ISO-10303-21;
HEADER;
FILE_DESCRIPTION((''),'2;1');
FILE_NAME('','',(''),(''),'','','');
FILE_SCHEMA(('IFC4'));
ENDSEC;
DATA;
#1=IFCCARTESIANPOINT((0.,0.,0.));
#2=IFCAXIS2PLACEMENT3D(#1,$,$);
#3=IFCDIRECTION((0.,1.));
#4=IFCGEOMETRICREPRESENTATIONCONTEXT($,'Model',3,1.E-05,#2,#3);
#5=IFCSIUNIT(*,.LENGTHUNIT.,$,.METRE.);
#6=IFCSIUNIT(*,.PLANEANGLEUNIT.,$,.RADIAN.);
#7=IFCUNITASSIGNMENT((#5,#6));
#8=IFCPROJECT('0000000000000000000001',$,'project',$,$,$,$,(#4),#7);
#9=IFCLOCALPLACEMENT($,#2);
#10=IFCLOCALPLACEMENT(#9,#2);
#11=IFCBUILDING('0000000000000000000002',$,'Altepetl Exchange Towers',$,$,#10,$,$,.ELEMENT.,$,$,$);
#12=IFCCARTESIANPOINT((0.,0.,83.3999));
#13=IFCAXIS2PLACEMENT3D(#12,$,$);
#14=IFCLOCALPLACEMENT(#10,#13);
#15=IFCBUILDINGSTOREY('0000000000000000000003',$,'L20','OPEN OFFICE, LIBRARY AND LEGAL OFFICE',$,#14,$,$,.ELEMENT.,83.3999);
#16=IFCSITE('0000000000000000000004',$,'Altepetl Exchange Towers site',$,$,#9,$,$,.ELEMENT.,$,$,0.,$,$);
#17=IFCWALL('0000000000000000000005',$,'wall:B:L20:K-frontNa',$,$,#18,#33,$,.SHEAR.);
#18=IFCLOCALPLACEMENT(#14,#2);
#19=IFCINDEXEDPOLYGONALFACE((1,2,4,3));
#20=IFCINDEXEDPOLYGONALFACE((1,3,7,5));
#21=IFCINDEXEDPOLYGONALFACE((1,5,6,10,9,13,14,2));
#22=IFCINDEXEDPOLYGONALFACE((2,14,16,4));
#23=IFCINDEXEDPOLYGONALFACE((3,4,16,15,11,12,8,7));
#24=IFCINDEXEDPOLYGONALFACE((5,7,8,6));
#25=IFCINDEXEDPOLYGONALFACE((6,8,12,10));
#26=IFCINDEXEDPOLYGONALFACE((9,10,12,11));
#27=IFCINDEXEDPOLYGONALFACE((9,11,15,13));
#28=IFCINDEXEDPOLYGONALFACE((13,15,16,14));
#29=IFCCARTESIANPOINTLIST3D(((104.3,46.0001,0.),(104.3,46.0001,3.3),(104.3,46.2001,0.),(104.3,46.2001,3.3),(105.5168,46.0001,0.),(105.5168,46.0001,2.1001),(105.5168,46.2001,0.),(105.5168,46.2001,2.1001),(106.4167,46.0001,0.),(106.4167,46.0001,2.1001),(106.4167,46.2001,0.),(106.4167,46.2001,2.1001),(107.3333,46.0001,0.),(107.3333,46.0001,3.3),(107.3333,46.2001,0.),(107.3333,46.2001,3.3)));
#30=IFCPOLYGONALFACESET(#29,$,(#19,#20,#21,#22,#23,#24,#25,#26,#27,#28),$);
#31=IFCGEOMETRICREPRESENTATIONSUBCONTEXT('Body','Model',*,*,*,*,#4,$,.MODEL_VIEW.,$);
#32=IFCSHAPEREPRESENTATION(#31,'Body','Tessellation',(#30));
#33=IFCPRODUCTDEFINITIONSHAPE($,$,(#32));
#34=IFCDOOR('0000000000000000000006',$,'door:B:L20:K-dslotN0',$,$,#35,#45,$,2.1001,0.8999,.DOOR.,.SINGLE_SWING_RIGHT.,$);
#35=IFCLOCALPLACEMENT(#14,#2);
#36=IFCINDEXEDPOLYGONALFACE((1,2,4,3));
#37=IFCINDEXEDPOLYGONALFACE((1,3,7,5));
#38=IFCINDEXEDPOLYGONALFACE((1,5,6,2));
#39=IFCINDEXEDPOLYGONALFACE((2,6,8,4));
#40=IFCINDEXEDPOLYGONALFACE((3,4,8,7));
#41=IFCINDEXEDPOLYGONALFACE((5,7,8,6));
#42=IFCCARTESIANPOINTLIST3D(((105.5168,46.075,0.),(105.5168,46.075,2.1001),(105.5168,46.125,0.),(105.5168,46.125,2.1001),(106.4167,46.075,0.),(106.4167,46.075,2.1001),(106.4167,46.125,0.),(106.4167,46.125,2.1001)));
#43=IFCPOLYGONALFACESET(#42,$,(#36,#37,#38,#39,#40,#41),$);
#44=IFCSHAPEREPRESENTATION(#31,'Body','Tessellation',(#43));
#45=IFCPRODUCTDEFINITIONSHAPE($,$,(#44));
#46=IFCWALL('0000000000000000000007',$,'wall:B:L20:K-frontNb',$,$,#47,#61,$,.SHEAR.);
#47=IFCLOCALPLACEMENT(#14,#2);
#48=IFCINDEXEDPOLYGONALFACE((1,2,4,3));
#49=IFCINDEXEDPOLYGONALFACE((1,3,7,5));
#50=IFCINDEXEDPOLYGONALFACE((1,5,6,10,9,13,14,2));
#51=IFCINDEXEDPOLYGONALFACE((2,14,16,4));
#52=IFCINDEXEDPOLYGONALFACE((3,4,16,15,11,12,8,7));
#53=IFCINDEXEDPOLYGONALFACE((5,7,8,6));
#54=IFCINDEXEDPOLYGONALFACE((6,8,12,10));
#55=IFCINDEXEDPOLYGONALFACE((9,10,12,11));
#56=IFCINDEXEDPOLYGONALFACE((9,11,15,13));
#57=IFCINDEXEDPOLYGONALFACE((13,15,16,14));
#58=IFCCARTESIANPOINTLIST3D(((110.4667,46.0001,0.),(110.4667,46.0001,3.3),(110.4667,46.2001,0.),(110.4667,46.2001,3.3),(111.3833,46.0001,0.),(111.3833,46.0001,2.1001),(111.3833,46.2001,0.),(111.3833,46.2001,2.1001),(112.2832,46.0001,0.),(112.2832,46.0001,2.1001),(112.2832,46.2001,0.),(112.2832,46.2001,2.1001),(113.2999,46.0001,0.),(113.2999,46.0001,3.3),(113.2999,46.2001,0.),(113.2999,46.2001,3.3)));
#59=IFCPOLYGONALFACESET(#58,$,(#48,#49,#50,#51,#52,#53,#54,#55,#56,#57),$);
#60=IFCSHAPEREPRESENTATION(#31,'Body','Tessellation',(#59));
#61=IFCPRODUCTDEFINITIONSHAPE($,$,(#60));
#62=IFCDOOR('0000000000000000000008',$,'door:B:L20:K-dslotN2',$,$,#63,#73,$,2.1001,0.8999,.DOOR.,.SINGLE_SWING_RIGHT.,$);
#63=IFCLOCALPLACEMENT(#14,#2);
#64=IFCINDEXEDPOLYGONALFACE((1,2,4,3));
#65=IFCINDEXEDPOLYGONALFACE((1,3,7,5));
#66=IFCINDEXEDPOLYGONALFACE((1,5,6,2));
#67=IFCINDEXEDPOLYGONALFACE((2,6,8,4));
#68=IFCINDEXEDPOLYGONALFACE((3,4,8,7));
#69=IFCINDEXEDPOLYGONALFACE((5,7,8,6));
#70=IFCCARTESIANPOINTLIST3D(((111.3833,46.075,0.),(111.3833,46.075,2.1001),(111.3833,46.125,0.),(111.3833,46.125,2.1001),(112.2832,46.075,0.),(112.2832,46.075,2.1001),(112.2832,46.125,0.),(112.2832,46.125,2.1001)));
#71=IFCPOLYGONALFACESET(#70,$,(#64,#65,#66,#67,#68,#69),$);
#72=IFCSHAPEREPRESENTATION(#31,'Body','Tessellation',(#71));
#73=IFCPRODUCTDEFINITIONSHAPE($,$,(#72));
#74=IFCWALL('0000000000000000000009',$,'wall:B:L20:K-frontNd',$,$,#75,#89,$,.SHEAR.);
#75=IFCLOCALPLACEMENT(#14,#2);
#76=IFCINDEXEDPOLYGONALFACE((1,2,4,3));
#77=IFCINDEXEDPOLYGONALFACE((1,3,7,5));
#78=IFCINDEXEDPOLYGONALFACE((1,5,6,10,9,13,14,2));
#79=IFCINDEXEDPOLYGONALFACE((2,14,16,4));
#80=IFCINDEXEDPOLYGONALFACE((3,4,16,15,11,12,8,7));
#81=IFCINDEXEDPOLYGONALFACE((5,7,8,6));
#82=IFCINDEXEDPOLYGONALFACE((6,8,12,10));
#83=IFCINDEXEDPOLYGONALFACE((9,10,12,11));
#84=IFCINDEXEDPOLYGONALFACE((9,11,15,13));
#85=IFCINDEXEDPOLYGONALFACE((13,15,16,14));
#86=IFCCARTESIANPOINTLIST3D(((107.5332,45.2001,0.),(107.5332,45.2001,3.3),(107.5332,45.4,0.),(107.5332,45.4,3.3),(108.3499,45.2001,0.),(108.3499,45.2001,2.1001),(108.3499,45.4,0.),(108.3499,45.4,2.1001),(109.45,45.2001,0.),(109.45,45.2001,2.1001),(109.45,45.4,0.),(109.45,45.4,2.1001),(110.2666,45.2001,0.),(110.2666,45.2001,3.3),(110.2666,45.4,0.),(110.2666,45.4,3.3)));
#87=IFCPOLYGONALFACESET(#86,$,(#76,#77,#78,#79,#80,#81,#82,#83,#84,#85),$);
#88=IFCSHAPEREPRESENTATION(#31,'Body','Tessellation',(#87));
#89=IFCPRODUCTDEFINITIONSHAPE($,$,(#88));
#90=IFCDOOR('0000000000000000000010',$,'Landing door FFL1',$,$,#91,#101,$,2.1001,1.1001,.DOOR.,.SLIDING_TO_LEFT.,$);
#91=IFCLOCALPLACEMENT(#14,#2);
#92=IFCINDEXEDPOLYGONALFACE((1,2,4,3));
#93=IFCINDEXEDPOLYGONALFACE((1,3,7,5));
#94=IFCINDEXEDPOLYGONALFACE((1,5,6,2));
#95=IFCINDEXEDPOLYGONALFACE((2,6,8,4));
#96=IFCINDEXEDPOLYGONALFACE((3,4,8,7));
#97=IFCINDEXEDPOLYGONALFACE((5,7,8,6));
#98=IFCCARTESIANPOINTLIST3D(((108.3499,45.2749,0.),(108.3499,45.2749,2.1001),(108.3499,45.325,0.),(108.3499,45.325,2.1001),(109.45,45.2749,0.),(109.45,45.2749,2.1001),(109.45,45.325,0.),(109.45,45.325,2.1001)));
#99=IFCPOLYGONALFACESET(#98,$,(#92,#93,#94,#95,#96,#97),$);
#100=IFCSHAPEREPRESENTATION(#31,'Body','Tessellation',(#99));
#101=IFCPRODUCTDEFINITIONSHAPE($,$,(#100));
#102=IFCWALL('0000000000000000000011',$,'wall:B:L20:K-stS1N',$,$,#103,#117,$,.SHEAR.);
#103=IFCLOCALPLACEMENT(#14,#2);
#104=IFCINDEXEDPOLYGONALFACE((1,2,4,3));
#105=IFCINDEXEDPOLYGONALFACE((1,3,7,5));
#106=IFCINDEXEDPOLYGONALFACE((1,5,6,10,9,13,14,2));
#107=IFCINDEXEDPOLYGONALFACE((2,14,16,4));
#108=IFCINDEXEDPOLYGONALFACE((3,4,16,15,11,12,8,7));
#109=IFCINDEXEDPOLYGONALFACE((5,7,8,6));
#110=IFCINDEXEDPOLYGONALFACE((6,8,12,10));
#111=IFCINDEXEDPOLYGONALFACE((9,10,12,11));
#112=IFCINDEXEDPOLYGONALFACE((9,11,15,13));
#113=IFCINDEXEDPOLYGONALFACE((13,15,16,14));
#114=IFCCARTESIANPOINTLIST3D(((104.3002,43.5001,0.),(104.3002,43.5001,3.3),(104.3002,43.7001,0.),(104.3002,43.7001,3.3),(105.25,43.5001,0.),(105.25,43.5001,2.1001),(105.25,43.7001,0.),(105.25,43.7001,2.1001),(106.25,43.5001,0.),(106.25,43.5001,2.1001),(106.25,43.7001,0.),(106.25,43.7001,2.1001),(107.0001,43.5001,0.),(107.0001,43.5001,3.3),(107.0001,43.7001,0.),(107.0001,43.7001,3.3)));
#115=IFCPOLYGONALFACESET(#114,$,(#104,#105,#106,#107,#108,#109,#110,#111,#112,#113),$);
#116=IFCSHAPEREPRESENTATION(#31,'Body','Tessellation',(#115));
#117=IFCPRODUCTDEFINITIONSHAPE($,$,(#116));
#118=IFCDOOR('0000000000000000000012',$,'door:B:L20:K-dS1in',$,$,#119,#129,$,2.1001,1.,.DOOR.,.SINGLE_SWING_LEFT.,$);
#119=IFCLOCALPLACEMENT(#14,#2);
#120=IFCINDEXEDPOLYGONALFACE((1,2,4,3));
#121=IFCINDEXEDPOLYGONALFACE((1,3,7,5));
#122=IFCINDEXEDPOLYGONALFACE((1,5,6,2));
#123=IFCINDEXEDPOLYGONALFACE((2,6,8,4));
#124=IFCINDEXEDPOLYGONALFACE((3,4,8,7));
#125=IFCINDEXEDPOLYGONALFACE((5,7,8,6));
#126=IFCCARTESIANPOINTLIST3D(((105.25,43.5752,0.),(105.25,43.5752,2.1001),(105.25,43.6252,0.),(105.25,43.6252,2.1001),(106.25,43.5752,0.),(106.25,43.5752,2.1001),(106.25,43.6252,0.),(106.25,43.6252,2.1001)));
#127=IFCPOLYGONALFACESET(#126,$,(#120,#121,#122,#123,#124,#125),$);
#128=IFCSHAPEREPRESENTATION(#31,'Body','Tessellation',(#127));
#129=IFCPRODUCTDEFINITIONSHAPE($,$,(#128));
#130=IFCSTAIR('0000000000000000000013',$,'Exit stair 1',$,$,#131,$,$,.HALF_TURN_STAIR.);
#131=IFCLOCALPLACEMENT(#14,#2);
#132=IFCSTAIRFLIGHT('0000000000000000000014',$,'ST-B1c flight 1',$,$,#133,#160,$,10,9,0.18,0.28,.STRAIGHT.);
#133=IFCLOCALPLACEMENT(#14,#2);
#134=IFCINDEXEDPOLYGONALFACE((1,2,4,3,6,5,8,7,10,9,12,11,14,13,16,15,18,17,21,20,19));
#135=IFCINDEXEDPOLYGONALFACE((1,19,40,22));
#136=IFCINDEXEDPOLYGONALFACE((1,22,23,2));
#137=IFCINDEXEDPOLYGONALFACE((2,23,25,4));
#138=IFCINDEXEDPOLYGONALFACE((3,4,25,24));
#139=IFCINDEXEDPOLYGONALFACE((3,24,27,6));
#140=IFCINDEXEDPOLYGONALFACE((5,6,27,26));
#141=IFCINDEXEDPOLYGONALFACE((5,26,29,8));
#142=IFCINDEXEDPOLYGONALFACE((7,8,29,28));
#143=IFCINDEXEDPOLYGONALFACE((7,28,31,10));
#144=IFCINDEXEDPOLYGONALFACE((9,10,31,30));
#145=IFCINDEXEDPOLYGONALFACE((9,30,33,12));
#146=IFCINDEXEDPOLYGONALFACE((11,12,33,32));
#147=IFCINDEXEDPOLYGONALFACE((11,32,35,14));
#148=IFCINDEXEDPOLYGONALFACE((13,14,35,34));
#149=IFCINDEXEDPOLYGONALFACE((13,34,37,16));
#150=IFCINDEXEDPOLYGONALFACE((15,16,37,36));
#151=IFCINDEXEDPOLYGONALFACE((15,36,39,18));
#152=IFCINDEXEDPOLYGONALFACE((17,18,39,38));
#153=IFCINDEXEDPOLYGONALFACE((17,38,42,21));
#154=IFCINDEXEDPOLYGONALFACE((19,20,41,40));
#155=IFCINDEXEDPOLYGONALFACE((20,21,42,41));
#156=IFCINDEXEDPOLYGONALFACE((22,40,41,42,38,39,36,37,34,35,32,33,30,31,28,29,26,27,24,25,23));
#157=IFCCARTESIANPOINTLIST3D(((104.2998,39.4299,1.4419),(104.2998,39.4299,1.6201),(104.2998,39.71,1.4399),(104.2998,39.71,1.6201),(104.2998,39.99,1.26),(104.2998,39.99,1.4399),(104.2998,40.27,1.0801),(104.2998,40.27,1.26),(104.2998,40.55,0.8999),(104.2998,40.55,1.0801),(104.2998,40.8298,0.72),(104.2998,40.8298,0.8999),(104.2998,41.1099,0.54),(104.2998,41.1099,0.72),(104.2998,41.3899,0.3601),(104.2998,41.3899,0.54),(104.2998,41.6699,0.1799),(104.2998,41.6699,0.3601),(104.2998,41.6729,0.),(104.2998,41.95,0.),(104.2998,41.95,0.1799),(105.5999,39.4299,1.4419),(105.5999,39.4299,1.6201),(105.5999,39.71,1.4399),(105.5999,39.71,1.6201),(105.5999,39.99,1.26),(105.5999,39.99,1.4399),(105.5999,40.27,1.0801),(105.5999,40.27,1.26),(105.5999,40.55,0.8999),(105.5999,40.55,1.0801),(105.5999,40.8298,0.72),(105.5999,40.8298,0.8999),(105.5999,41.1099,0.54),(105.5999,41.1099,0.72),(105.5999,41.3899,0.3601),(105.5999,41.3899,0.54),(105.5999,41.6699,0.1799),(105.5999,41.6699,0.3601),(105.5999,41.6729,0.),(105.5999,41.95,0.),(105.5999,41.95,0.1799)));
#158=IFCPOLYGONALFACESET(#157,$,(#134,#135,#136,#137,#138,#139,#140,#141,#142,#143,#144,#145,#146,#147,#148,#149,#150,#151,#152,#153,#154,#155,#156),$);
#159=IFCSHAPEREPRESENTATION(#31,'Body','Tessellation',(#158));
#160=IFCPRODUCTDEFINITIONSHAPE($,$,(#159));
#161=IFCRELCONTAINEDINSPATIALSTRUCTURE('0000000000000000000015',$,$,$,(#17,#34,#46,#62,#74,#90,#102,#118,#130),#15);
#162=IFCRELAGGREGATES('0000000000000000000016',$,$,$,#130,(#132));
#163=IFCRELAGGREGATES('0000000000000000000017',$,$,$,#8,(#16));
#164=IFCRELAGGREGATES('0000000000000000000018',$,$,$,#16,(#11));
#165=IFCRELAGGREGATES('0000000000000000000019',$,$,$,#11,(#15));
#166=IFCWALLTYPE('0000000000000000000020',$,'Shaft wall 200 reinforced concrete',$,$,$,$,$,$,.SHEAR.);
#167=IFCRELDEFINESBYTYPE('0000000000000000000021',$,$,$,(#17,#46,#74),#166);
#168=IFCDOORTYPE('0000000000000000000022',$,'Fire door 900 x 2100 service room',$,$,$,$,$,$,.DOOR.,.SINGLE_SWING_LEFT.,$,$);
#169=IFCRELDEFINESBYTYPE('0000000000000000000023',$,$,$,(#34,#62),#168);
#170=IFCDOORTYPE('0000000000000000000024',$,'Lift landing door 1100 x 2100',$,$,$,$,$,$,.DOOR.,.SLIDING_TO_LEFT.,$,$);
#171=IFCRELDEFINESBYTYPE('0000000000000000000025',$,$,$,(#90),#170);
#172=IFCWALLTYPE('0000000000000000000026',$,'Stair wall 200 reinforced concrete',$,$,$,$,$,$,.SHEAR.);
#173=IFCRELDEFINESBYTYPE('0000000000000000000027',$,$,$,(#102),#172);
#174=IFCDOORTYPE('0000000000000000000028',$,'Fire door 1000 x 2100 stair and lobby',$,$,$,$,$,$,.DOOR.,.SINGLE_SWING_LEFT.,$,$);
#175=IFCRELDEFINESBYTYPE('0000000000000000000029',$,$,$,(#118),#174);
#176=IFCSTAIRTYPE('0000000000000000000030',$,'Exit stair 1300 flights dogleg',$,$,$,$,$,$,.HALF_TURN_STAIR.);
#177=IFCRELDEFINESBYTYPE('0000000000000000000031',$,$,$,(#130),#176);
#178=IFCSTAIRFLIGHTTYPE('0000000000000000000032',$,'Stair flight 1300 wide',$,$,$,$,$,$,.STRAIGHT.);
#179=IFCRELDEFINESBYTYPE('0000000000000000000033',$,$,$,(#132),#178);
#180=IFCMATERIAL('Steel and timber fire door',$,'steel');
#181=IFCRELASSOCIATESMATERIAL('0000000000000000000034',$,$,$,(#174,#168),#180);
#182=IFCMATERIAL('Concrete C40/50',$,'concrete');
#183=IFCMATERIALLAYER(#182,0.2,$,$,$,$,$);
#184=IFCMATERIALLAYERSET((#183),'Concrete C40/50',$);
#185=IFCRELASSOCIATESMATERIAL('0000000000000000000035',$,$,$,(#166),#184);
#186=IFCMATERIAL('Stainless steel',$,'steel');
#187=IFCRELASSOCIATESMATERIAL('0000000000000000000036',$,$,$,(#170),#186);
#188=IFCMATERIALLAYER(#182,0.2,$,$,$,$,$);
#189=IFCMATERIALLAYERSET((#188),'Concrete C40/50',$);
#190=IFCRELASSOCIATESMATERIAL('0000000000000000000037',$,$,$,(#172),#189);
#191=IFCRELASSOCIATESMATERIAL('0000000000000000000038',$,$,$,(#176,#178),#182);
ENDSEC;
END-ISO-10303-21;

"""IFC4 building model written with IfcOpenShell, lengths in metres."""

from ifc_helpers import new_model, si_unit, direction, frame, frame_2d, origin, place, context, subcontext, project, spatial, polyline, rectangle, outline, extrude, material, layer, layer_set, type_object, element, fill, aggregate, save


model = new_model("IFC4")

# Units and contexts
model_context = context("Model", 3, precision=1e-05, world=origin(), true_north=direction((0.0, 1.0)))
body_context = subcontext(model_context, "Body", "Model", "MODEL_VIEW")
ifc_project = project(units=[si_unit("LENGTHUNIT", "METRE"), si_unit("PLANEANGLEUNIT", "RADIAN")], contexts=[model_context])

# Site, building, storey
site_placement = place(None, origin())
site = spatial("IfcSite", under=ifc_project, at=site_placement, Name="Altepetl Exchange Towers site", CompositionType="ELEMENT", RefElevation=0.0)
building_placement = place(site_placement, origin())
building = spatial("IfcBuilding", under=site, at=building_placement, Name="Altepetl Exchange Towers", CompositionType="ELEMENT")
storey_placement = place(building_placement, frame((0.0, 0.0, 83.3999)))
storey = spatial("IfcBuildingStorey", under=building, at=storey_placement, Name="L20", Description="OPEN OFFICE, LIBRARY AND LEGAL OFFICE", CompositionType="ELEMENT", Elevation=83.3999)

# Shared definitions
ifc_material_1 = material(Name="Steel and timber fire door", Category="steel")
door_type_1 = type_object("IfcDoorType", Name="Fire door 1000 x 2100 stair and lobby", OperationType="SINGLE_SWING_LEFT", PredefinedType="DOOR", material=ifc_material_1)
door_type_2 = type_object("IfcDoorType", Name="Fire door 900 x 2100 service room", OperationType="SINGLE_SWING_LEFT", PredefinedType="DOOR", material=ifc_material_1)

# Shared definitions
ifc_material_2 = material(Name="Concrete C40/50", Category="concrete")
ifc_layer_1 = layer(ifc_material_2, 0.2)
ifc_layer_set_1 = layer_set([ifc_layer_1], Name="Concrete C40/50")
wall_type_1 = type_object("IfcWallType", Name="Shaft wall 200 reinforced concrete", PredefinedType="SHEAR", material=ifc_layer_set_1)

# Walls, openings, doors
wall_1_placement = place(storey_placement, frame((104.3, 46.1001, 0.0)))
wall_1 = element("IfcWall", 1, at=wall_1_placement, inside=storey, type_object=wall_type_1, Name="wall:B:L20:K-frontNa", PredefinedType="SHEAR", context=body_context, shape_type="SweptSolid", body=[
    extrude(rectangle(XDim=3.0332, YDim=0.2, at=frame_2d((1.5166, 0.0))), origin(), (0.0, 0.0, 1.0), 3.3),
])
opening_1_placement = place(wall_1_placement, frame((1.2168, 0.0, 0.0)))
opening_1 = element("IfcOpeningElement", 2, at=opening_1_placement, cuts=wall_1, PredefinedType="OPENING", context=body_context, shape_type="SweptSolid", body=[
    extrude(rectangle(XDim=0.8999, YDim=2.1001, at=frame_2d((0.45, 1.05))), frame((0.0, 0.1099, 0.0), z_axis=(0.0, -1.0, 0.0), x_axis=(1.0, 0.0, 0.0)), (0.0, 0.0, 1.0), 0.22),
])
door_1_placement = place(opening_1_placement, origin())
door_1 = element("IfcDoor", 3, at=door_1_placement, inside=storey, type_object=door_type_2, Name="door:B:L20:K-dslotN0", OperationType="SINGLE_SWING_RIGHT", OverallHeight=2.1001, OverallWidth=0.8999, PredefinedType="DOOR", context=body_context, shape_type="SweptSolid", body=[
    extrude(rectangle(XDim=0.8999, YDim=2.1001, at=frame_2d((0.45, 1.05))), frame((0.0, 0.0249, 0.0), z_axis=(0.0, -1.0, 0.0), x_axis=(1.0, 0.0, 0.0)), (0.0, 0.0, 1.0), 0.05),
])
fill(opening_1, door_1)
wall_2_placement = place(storey_placement, frame((110.4668, 46.1001, 0.0)))
wall_2 = element("IfcWall", 4, at=wall_2_placement, inside=storey, type_object=wall_type_1, Name="wall:B:L20:K-frontNb", PredefinedType="SHEAR", context=body_context, shape_type="SweptSolid", body=[
    extrude(rectangle(XDim=2.8333, YDim=0.2, at=frame_2d((1.4165, 0.0))), origin(), (0.0, 0.0, 1.0), 3.3),
])
opening_2_placement = place(wall_2_placement, frame((0.9165, 0.0, 0.0)))
opening_2 = element("IfcOpeningElement", 5, at=opening_2_placement, cuts=wall_2, PredefinedType="OPENING", context=body_context, shape_type="SweptSolid", body=[
    extrude(rectangle(XDim=0.8999, YDim=2.1001, at=frame_2d((0.45, 1.05))), frame((0.0, 0.1099, 0.0), z_axis=(0.0, -1.0, 0.0), x_axis=(1.0, 0.0, 0.0)), (0.0, 0.0, 1.0), 0.22),
])
door_2_placement = place(opening_2_placement, origin())
door_2 = element("IfcDoor", 6, at=door_2_placement, inside=storey, type_object=door_type_2, Name="door:B:L20:K-dslotN2", OperationType="SINGLE_SWING_RIGHT", OverallHeight=2.1001, OverallWidth=0.8999, PredefinedType="DOOR", context=body_context, shape_type="SweptSolid", body=[
    extrude(rectangle(XDim=0.8999, YDim=2.1001, at=frame_2d((0.45, 1.05))), frame((0.0, 0.0249, 0.0), z_axis=(0.0, -1.0, 0.0), x_axis=(1.0, 0.0, 0.0)), (0.0, 0.0, 1.0), 0.05),
])
fill(opening_2, door_2)
wall_3_placement = place(storey_placement, frame((107.5332, 45.3, 0.0)))
wall_3 = element("IfcWall", 7, at=wall_3_placement, inside=storey, type_object=wall_type_1, Name="wall:B:L20:K-frontNd", PredefinedType="SHEAR", context=body_context, shape_type="SweptSolid", body=[
    extrude(rectangle(XDim=2.7334, YDim=0.2, at=frame_2d((1.3667, 0.0))), origin(), (0.0, 0.0, 1.0), 3.3),
])
opening_3_placement = place(wall_3_placement, frame((0.8167, 0.0, 0.0)))
opening_3 = element("IfcOpeningElement", 8, at=opening_3_placement, cuts=wall_3, PredefinedType="OPENING", context=body_context, shape_type="SweptSolid", body=[
    extrude(rectangle(XDim=1.1001, YDim=2.1001, at=frame_2d((0.55, 1.05))), frame((0.0, 0.1099, 0.0), z_axis=(0.0, -1.0, 0.0), x_axis=(1.0, 0.0, 0.0)), (0.0, 0.0, 1.0), 0.22),
])
ifc_material_3 = material(Name="Stainless steel", Category="steel")
door_type_3 = type_object("IfcDoorType", Name="Lift landing door 1100 x 2100", OperationType="SLIDING_TO_LEFT", PredefinedType="DOOR", material=ifc_material_3)
door_3_placement = place(opening_3_placement, origin())
door_3 = element("IfcDoor", 9, at=door_3_placement, inside=storey, type_object=door_type_3, Name="Landing door FFL1", OperationType="SLIDING_TO_LEFT", OverallHeight=2.1001, OverallWidth=1.1001, PredefinedType="DOOR", context=body_context, shape_type="SweptSolid", body=[
    extrude(rectangle(XDim=1.1001, YDim=2.1001, at=frame_2d((0.55, 1.05))), frame((0.0, 0.0249, 0.0), z_axis=(0.0, -1.0, 0.0), x_axis=(1.0, 0.0, 0.0)), (0.0, 0.0, 1.0), 0.05),
])
fill(opening_3, door_3)
ifc_layer_2 = layer(ifc_material_2, 0.2)
ifc_layer_set_2 = layer_set([ifc_layer_2], Name="Concrete C40/50")
wall_type_2 = type_object("IfcWallType", Name="Stair wall 200 reinforced concrete", PredefinedType="SHEAR", material=ifc_layer_set_2)
wall_4_placement = place(storey_placement, frame((104.3, 43.6001, 0.0)))
wall_4 = element("IfcWall", 10, at=wall_4_placement, inside=storey, type_object=wall_type_2, Name="wall:B:L20:K-stS1N", PredefinedType="SHEAR", context=body_context, shape_type="SweptSolid", body=[
    extrude(rectangle(XDim=2.7, YDim=0.2, at=frame_2d((1.3501, 0.0))), origin(), (0.0, 0.0, 1.0), 3.3),
])
opening_4_placement = place(wall_4_placement, frame((0.95, 0.0, 0.0)))
opening_4 = element("IfcOpeningElement", 11, at=opening_4_placement, cuts=wall_4, PredefinedType="OPENING", context=body_context, shape_type="SweptSolid", body=[
    extrude(rectangle(XDim=1.0, YDim=2.1001, at=frame_2d((0.5, 1.05))), frame((0.0, 0.1099, 0.0), z_axis=(0.0, -1.0, 0.0), x_axis=(1.0, 0.0, 0.0)), (0.0, 0.0, 1.0), 0.22),
])
door_4_placement = place(opening_4_placement, frame((1.0, 0.0, 0.0), x_axis=(-1.0, 0.0, 0.0)))
door_4 = element("IfcDoor", 12, at=door_4_placement, inside=storey, type_object=door_type_1, Name="door:B:L20:K-dS1in", OperationType="SINGLE_SWING_LEFT", OverallHeight=2.1001, OverallWidth=1.0, PredefinedType="DOOR", context=body_context, shape_type="SweptSolid", body=[
    extrude(rectangle(XDim=1.0, YDim=2.1001, at=frame_2d((0.5, 1.05))), frame((0.0, 0.0249, 0.0), z_axis=(0.0, -1.0, 0.0), x_axis=(1.0, 0.0, 0.0)), (0.0, 0.0, 1.0), 0.05),
])
fill(opening_4, door_4)

# Stair, stair flight
stair_type = type_object("IfcStairType", Name="Exit stair 1300 flights dogleg", PredefinedType="HALF_TURN_STAIR", material=ifc_material_2)
stair_1_placement = place(storey_placement, origin())
stair_1 = element("IfcStair", 13, at=stair_1_placement, inside=storey, type_object=stair_type, Name="Exit stair 1", PredefinedType="HALF_TURN_STAIR")
stair_flight_type = type_object("IfcStairFlightType", Name="Stair flight 1300 wide", PredefinedType="STRAIGHT", material=ifc_material_2)
stair_flight_1_placement = place(storey_placement, frame((104.95, 41.95, 0.0), z_axis=(0.0, 0.0, 1.0), x_axis=(0.0, -1.0, 0.0)))
stair_flight_1 = element("IfcStairFlight", 14, at=stair_flight_1_placement, type_object=stair_flight_type, Name="ST-B1c flight 1", NumberOfRisers=10, NumberOfTreads=9, PredefinedType="STRAIGHT", RiserHeight=0.18, TreadLength=0.28, context=body_context, shape_type="SweptSolid", body=[
    extrude(outline(polyline([(0.0, 0.0), (0.0, 0.1799), (0.28, 0.1799), (0.28, 0.3601), (0.5601, 0.3601), (0.5601, 0.54), (0.8401, 0.54), (0.8401, 0.72), (1.1201, 0.72), (1.1201, 0.8999), (1.3999, 0.8999), (1.3999, 1.0801), (1.6799, 1.0801), (1.6799, 1.26), (1.96, 1.26), (1.96, 1.4399), (2.24, 1.4399), (2.24, 1.6201), (2.52, 1.6201), (2.52, 1.8), (2.52, 1.4419), (0.2771, 0.0), (0.0, 0.0)])), frame((0.0, 0.6499, 0.0), z_axis=(0.0, -1.0, 0.0), x_axis=(1.0, 0.0, 0.0)), (0.0, 0.0, 1.0), 1.3),
])
aggregate(stair_1, [stair_flight_1])

save(model, "model.ifc")
